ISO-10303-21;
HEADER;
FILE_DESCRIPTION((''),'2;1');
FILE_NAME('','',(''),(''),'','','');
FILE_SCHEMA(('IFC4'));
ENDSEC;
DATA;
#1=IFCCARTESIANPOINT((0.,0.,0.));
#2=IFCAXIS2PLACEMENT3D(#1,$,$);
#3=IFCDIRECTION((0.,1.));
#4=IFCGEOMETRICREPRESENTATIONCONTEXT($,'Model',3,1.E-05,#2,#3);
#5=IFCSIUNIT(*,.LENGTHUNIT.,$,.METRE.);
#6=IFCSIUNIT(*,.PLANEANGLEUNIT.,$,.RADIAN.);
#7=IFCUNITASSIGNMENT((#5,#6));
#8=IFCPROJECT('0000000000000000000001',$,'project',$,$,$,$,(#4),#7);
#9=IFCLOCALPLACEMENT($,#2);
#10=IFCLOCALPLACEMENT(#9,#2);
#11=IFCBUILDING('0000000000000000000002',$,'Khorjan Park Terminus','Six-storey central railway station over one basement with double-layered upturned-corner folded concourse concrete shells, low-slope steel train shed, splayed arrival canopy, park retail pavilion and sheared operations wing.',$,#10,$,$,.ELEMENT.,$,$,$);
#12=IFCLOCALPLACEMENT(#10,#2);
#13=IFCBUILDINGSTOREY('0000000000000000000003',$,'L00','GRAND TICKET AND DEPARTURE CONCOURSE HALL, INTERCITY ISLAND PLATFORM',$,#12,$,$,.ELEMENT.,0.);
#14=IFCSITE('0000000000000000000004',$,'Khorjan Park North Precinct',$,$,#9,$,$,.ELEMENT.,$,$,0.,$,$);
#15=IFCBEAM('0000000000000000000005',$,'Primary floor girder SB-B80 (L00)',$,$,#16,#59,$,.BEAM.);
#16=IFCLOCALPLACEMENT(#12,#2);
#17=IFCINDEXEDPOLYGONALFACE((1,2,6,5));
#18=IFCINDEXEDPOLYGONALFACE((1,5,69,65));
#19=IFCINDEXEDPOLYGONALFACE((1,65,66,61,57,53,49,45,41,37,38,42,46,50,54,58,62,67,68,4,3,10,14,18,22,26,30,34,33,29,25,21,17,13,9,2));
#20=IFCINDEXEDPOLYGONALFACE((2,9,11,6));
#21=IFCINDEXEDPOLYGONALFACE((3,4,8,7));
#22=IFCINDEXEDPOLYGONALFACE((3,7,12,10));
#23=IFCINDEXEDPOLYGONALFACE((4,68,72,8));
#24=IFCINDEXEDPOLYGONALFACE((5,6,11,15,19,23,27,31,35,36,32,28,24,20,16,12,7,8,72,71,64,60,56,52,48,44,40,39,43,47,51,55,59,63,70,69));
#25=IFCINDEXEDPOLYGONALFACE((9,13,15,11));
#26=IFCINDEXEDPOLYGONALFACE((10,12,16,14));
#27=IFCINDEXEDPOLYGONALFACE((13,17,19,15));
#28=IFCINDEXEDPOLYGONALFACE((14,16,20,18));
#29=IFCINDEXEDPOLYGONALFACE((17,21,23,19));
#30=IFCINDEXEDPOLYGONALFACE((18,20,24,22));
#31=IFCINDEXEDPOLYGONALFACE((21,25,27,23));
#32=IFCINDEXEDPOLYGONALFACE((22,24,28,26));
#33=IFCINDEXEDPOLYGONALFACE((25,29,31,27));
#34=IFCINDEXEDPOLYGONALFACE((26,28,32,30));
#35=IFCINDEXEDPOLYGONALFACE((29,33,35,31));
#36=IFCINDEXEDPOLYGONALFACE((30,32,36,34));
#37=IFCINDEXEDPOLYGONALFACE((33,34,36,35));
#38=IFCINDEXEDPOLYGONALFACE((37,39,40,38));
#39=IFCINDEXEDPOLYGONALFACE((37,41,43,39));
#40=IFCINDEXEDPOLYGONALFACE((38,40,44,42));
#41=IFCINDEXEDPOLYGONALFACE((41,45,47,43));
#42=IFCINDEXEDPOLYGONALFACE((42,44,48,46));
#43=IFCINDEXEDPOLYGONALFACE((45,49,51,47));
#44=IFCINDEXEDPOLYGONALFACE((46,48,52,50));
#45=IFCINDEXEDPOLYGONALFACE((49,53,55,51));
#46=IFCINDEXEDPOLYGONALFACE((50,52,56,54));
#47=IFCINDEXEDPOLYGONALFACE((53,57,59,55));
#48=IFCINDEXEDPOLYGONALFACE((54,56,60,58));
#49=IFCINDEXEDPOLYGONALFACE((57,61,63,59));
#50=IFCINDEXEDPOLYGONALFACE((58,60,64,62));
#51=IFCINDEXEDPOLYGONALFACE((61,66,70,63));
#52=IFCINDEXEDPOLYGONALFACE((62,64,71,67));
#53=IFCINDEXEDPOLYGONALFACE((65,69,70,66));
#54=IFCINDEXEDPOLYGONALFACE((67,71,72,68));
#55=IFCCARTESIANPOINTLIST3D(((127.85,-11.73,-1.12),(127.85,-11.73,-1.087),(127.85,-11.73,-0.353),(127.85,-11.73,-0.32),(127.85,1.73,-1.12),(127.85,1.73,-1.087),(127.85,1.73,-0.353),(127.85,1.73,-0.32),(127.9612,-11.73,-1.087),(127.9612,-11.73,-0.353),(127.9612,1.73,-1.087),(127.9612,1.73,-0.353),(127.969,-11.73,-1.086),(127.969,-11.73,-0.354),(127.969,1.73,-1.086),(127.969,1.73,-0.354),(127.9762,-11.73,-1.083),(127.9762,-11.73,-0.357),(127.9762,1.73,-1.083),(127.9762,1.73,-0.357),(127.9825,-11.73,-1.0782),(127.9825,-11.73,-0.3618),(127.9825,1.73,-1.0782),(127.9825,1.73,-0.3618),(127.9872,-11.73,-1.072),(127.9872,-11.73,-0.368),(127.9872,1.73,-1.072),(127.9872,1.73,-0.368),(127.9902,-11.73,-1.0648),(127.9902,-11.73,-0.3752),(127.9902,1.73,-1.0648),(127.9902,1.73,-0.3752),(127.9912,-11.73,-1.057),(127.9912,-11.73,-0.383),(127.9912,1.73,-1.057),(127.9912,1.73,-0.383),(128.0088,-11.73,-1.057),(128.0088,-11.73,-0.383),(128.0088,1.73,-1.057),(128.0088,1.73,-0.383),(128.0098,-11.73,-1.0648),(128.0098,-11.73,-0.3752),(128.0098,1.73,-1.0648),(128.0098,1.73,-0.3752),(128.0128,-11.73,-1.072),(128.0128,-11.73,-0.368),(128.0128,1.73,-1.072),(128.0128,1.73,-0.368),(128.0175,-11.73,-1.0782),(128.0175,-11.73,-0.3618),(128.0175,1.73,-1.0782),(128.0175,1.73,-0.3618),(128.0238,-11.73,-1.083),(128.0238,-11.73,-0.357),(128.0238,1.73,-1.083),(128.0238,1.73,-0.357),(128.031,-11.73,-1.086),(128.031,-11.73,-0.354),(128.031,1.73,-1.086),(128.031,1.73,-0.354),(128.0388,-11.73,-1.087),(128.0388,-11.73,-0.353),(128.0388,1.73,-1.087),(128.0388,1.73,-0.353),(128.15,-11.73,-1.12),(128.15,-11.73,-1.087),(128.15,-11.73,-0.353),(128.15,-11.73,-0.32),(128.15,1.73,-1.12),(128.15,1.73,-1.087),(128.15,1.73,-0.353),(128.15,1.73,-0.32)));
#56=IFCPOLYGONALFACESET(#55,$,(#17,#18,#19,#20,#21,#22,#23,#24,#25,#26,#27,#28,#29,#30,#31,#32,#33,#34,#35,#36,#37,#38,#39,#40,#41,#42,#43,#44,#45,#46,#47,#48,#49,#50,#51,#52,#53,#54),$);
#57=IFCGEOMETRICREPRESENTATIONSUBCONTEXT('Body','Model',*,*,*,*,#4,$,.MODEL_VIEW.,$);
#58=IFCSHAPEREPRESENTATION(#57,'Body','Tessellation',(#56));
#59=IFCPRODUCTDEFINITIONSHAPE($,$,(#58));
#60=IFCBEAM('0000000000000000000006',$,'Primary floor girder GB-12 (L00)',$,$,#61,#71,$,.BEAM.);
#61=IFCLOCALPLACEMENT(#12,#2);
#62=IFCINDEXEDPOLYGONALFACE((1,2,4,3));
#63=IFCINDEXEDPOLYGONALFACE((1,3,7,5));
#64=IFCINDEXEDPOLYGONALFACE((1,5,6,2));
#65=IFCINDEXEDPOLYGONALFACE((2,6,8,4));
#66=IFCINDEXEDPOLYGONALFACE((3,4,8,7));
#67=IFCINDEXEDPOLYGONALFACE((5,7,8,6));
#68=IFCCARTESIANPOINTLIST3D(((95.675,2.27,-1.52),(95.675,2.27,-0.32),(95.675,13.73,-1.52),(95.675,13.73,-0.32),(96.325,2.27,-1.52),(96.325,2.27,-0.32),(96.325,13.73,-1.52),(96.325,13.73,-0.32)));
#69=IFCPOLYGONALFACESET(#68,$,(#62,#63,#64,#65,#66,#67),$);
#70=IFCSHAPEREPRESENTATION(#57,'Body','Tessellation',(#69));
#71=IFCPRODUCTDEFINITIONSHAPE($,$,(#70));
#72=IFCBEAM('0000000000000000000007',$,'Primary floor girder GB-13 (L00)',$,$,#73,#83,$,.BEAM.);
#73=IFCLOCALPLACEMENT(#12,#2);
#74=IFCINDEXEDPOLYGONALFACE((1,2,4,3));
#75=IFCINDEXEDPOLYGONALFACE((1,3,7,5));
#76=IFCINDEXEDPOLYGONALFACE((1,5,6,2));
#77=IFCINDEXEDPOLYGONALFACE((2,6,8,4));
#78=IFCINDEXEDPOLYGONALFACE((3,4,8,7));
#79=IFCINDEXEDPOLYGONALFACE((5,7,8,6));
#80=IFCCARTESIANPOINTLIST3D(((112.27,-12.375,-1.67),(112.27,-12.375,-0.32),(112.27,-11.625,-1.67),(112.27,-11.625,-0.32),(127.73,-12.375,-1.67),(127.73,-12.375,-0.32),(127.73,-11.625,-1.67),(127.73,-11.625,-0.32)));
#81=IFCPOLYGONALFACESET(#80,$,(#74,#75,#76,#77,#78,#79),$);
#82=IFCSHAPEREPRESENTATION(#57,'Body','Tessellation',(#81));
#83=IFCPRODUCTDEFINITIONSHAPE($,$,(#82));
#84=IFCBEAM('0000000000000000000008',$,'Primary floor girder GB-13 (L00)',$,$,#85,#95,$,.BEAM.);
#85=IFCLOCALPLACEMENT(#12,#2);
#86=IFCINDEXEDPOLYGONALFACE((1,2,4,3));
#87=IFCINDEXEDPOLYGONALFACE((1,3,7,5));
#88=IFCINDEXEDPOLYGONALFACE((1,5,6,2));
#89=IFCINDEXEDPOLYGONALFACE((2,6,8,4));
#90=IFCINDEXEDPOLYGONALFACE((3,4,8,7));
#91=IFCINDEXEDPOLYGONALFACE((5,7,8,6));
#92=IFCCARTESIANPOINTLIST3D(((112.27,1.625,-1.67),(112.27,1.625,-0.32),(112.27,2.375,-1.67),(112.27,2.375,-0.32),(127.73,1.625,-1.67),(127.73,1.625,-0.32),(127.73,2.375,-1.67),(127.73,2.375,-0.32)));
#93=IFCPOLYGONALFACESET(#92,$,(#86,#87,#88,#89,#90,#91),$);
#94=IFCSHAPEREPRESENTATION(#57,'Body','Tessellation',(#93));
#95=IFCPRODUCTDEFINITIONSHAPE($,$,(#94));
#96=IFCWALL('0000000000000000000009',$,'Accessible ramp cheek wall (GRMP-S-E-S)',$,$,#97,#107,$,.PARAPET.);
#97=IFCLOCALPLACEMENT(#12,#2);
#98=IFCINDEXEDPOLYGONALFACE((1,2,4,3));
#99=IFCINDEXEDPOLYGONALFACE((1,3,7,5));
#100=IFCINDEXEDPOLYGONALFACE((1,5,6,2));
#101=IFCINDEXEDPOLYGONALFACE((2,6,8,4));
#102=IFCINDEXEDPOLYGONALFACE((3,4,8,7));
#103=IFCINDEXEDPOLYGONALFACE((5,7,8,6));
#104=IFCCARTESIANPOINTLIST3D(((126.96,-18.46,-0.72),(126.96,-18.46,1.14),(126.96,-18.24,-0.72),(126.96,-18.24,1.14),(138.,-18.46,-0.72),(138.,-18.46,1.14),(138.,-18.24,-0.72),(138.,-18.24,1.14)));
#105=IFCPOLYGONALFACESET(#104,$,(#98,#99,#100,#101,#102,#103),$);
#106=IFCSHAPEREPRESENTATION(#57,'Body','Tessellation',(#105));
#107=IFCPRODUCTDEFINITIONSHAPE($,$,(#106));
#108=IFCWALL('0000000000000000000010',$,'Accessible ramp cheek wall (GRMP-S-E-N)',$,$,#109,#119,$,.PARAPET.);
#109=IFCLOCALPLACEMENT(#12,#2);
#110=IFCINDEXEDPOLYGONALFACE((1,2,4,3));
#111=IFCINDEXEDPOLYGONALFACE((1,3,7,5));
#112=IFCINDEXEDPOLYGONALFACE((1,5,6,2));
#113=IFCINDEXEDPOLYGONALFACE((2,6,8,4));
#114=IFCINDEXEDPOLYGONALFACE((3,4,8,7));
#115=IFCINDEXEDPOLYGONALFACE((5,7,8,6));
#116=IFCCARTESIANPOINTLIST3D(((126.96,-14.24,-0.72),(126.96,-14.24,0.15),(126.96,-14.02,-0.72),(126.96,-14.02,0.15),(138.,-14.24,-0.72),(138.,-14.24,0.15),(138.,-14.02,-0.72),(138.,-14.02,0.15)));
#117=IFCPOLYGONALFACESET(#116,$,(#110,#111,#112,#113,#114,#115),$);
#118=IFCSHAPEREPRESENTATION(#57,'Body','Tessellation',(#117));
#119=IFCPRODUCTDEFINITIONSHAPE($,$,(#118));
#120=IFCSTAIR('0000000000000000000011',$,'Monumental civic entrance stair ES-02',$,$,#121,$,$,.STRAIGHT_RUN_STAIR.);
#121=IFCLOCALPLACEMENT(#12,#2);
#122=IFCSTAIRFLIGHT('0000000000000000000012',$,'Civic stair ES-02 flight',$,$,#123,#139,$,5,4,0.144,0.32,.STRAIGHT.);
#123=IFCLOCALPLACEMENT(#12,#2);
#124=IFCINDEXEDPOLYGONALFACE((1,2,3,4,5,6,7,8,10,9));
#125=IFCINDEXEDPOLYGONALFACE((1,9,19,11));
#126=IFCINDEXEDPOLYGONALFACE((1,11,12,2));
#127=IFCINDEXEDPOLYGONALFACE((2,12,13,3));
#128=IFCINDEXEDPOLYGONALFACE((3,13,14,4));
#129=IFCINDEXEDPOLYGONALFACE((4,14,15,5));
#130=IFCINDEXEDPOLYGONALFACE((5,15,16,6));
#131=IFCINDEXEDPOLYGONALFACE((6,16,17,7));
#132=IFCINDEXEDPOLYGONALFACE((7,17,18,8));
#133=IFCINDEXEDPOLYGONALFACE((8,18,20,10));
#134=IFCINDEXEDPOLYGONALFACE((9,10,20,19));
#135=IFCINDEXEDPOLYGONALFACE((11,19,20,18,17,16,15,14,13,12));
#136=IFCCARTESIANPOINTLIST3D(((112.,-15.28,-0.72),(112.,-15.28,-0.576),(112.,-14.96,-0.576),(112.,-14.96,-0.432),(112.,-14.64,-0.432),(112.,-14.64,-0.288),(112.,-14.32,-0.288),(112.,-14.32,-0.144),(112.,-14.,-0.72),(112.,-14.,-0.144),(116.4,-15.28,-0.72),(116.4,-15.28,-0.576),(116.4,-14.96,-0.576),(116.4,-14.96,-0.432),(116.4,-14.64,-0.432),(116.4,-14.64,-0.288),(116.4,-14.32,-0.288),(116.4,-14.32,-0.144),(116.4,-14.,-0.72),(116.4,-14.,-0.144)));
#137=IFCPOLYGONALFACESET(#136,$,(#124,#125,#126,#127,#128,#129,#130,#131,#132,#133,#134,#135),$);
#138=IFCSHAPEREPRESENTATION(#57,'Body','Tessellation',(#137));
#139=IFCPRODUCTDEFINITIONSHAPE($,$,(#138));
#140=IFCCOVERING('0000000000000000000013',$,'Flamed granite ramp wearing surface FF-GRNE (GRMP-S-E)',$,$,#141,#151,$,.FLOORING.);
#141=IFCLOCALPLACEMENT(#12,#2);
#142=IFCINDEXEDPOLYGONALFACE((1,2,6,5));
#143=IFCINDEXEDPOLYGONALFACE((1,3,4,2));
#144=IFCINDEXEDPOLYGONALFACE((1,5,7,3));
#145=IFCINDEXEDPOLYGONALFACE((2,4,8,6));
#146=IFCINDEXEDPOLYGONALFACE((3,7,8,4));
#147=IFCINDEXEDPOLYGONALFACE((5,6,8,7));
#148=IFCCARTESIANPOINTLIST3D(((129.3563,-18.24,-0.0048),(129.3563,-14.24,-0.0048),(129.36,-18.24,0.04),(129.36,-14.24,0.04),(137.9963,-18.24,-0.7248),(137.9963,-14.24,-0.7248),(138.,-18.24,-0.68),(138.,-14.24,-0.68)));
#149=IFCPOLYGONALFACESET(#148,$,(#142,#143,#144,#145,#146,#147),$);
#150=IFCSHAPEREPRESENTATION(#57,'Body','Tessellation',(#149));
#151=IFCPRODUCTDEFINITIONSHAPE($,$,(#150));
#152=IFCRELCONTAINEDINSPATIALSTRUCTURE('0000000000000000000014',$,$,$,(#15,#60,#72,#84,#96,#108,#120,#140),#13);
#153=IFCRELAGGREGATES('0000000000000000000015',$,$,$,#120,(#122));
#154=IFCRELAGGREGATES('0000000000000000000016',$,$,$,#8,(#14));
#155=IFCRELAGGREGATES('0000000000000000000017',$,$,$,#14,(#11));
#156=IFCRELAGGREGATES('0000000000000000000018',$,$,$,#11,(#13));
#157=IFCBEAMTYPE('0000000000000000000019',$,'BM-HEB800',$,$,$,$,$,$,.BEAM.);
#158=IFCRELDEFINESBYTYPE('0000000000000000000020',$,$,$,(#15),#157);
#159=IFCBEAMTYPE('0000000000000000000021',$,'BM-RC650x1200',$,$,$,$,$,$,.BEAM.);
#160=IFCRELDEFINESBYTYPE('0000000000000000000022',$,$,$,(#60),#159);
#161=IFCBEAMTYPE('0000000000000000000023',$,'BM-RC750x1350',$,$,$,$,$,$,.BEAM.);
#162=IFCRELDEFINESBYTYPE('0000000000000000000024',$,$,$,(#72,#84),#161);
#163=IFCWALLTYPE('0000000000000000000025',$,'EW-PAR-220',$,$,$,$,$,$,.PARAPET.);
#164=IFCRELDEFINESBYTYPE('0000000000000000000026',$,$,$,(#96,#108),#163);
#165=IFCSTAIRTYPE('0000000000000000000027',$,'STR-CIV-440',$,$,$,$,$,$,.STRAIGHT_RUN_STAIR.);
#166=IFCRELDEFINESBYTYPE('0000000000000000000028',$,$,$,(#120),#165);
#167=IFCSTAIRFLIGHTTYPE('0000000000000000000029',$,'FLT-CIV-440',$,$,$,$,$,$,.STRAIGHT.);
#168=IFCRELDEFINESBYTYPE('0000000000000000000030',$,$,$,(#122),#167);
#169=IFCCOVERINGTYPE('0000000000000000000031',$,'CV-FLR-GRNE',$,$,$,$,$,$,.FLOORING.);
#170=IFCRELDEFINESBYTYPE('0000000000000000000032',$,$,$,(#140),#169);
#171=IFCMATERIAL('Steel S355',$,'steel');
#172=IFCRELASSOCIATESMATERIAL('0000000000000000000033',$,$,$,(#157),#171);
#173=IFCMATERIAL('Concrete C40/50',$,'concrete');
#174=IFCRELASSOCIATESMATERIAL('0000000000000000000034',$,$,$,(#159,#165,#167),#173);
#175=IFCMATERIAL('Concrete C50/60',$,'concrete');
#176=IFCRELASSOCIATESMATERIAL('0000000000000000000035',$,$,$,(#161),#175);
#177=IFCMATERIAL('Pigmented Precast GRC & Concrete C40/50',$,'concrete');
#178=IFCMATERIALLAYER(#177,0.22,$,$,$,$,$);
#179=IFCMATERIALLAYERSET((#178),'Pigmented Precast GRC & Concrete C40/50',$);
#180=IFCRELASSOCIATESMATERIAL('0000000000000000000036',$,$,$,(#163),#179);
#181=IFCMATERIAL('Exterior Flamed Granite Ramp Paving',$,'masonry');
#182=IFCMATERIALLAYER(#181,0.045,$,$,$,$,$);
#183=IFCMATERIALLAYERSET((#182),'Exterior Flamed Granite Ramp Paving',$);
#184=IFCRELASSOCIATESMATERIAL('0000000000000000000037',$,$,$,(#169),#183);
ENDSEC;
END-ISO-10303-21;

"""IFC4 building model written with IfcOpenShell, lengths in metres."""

from ifc_helpers import new_model, si_unit, direction, frame, frame_2d, origin, origin_2d, place, context, subcontext, project, spatial, polyline, rectangle, i_section, outline, extrude, material, layer, layer_set, material_profile, profile_set, type_object, element, aggregate, save


model = new_model("IFC4")

# Units and contexts
model_context = context("Model", 3, precision=1e-05, world=origin(), true_north=direction((0.0, 1.0)))
body_context = subcontext(model_context, "Body", "Model", "MODEL_VIEW")
ifc_project = project(units=[si_unit("LENGTHUNIT", "METRE"), si_unit("PLANEANGLEUNIT", "RADIAN")], contexts=[model_context])

# Site, building, storey
site_placement = place(None, origin())
site = spatial("IfcSite", under=ifc_project, at=site_placement, Name="Khorjan Park North Precinct", CompositionType="ELEMENT", RefElevation=0.0)
building_placement = place(site_placement, origin())
building = spatial("IfcBuilding", under=site, at=building_placement, Name="Khorjan Park Terminus", Description="Six-storey central railway station over one basement with double-layered upturned-corner folded concourse concrete shells, low-slope steel train shed, splayed arrival canopy, park retail pavilion and sheared operations wing.", CompositionType="ELEMENT")
storey_placement = place(building_placement, origin())
storey = spatial("IfcBuildingStorey", under=building, at=storey_placement, Name="L00", Description="GRAND TICKET AND DEPARTURE CONCOURSE HALL, INTERCITY ISLAND PLATFORM", CompositionType="ELEMENT", Elevation=0.0)

# Shared definitions
ifc_material_1 = material(Name="Steel S355", Category="steel")

# Beams
ifc_material_profile_1 = material_profile(ifc_material_1, i_section(OverallWidth=0.3, OverallDepth=0.8, WebThickness=0.0175, FlangeThickness=0.033, FilletRadius=0.03, at=origin_2d()), Name="HEB 800")
ifc_profile_set_1 = profile_set([ifc_material_profile_1], Name="Steel S355")
beam_type_1 = type_object("IfcBeamType", Name="BM-HEB800", PredefinedType="BEAM", material=ifc_profile_set_1)
for number, where, z_axis, x_axis, name in (
    (1, (128.0, -11.73, -0.72), (0.0, 1.0, 0.0), (-1.0, 0.0, 0.0), "Primary floor girder SB-B80 (L00)"),
):
    element("IfcBeam", number, at=place(storey_placement, frame(where, z_axis=z_axis, x_axis=x_axis)), inside=storey, type_object=beam_type_1, Name=name, PredefinedType="BEAM", context=body_context, shape_type="SweptSolid", body=[
        extrude(i_section(OverallWidth=0.3, OverallDepth=0.8, WebThickness=0.0175, FlangeThickness=0.033, FilletRadius=0.03, at=origin_2d()), origin(), (0.0, 0.0, 1.0), 13.46),
    ])
ifc_material_2 = material(Name="Concrete C40/50", Category="concrete")
ifc_material_profile_2 = material_profile(ifc_material_2, rectangle(XDim=0.65, YDim=1.2, at=origin_2d()), Name="RC 650x1200")
ifc_profile_set_2 = profile_set([ifc_material_profile_2], Name="Concrete C40/50")
beam_type_2 = type_object("IfcBeamType", Name="BM-RC650x1200", PredefinedType="BEAM", material=ifc_profile_set_2)
beam_placement = place(storey_placement, frame((96.0, 2.27, -0.92), z_axis=(0.0, 1.0, 0.0), x_axis=(-1.0, 0.0, 0.0)))
element("IfcBeam", 2, at=beam_placement, inside=storey, type_object=beam_type_2, Name="Primary floor girder GB-12 (L00)", PredefinedType="BEAM", context=body_context, shape_type="SweptSolid", body=[
    extrude(rectangle(XDim=0.65, YDim=1.2, at=origin_2d()), origin(), (0.0, 0.0, 1.0), 11.46),
])
ifc_material_3 = material(Name="Concrete C50/60", Category="concrete")
ifc_material_profile_3 = material_profile(ifc_material_3, rectangle(XDim=0.75, YDim=1.35, at=origin_2d()), Name="RC 750x1350")
ifc_profile_set_3 = profile_set([ifc_material_profile_3], Name="Concrete C50/60")
beam_type_3 = type_object("IfcBeamType", Name="BM-RC750x1350", PredefinedType="BEAM", material=ifc_profile_set_3)
for number, where, z_axis, x_axis, name in (
    (3, (112.27, -12.0, -0.995), (1.0, 0.0, 0.0), (0.0, 1.0, 0.0), "Primary floor girder GB-13 (L00)"),
    (4, (112.27, 2.0, -0.995), (1.0, 0.0, 0.0), (0.0, 1.0, 0.0), "Primary floor girder GB-13 (L00)"),
):
    element("IfcBeam", number, at=place(storey_placement, frame(where, z_axis=z_axis, x_axis=x_axis)), inside=storey, type_object=beam_type_3, Name=name, PredefinedType="BEAM", context=body_context, shape_type="SweptSolid", body=[
        extrude(rectangle(XDim=0.75, YDim=1.35, at=origin_2d()), origin(), (0.0, 0.0, 1.0), 15.46),
    ])

# Walls
ifc_material_4 = material(Name="Pigmented Precast GRC & Concrete C40/50", Category="concrete")
ifc_layer_1 = layer(ifc_material_4, 0.22)
ifc_layer_set_1 = layer_set([ifc_layer_1], Name="Pigmented Precast GRC & Concrete C40/50")
wall_type = type_object("IfcWallType", Name="EW-PAR-220", PredefinedType="PARAPET", material=ifc_layer_set_1)
wall_1_placement = place(storey_placement, frame((126.96, -18.35, -0.72), z_axis=(0.0, 0.0, 1.0), x_axis=(1.0, 0.0, 0.0)))
element("IfcWall", 5, at=wall_1_placement, inside=storey, type_object=wall_type, Name="Accessible ramp cheek wall (GRMP-S-E-S)", PredefinedType="PARAPET", context=body_context, shape_type="SweptSolid", body=[
    extrude(rectangle(XDim=11.04, YDim=0.22, at=frame_2d((5.52, 0.0))), origin(), (0.0, 0.0, 1.0), 1.86),
])
wall_2_placement = place(storey_placement, frame((126.96, -14.13, -0.72), z_axis=(0.0, 0.0, 1.0), x_axis=(1.0, 0.0, 0.0)))
element("IfcWall", 6, at=wall_2_placement, inside=storey, type_object=wall_type, Name="Accessible ramp cheek wall (GRMP-S-E-N)", PredefinedType="PARAPET", context=body_context, shape_type="SweptSolid", body=[
    extrude(rectangle(XDim=11.04, YDim=0.22, at=frame_2d((5.52, 0.0))), origin(), (0.0, 0.0, 1.0), 0.87),
])

# Stair, stair flight
stair_type = type_object("IfcStairType", Name="STR-CIV-440", PredefinedType="STRAIGHT_RUN_STAIR", material=ifc_material_2)
stair_placement = place(storey_placement, origin())
stair = element("IfcStair", 7, at=stair_placement, inside=storey, type_object=stair_type, Name="Monumental civic entrance stair ES-02", PredefinedType="STRAIGHT_RUN_STAIR")
stair_flight_type = type_object("IfcStairFlightType", Name="FLT-CIV-440", PredefinedType="STRAIGHT", material=ifc_material_2)
stair_flight_placement = place(storey_placement, frame((114.2, -15.28, -0.72), z_axis=(0.0, 0.0, 1.0), x_axis=(0.0, 1.0, 0.0)))
stair_flight = element("IfcStairFlight", 8, at=stair_flight_placement, type_object=stair_flight_type, Name="Civic stair ES-02 flight", NumberOfRisers=5, NumberOfTreads=4, PredefinedType="STRAIGHT", RiserHeight=0.144, TreadLength=0.32, context=body_context, shape_type="SweptSolid", body=[
    extrude(outline(polyline([(0.0, 0.0), (0.0, 0.144), (0.32, 0.144), (0.32, 0.288), (0.64, 0.288), (0.64, 0.432), (0.96, 0.432), (0.96, 0.576), (1.28, 0.576), (1.28, 0.0), (0.0, 0.0)])), frame((0.0, 2.2, 0.0), z_axis=(0.0, -1.0, 0.0), x_axis=(1.0, 0.0, 0.0)), (0.0, 0.0, 1.0), 4.4),
])

# Covering
ifc_material_5 = material(Name="Exterior Flamed Granite Ramp Paving", Category="masonry")
ifc_layer_2 = layer(ifc_material_5, 0.045)
ifc_layer_set_2 = layer_set([ifc_layer_2], Name="Exterior Flamed Granite Ramp Paving")
covering_type = type_object("IfcCoveringType", Name="CV-FLR-GRNE", PredefinedType="FLOORING", material=ifc_layer_set_2)
covering_placement = place(storey_placement, frame((129.36, -18.24, 0.04), z_axis=(0.083045, 0.0, 0.996546), x_axis=(0.996546, 0.0, -0.083045)))
element("IfcCovering", 9, at=covering_placement, inside=storey, type_object=covering_type, Name="Flamed granite ramp wearing surface FF-GRNE (GRMP-S-E)", PredefinedType="FLOORING", context=body_context, shape_type="SweptSolid", body=[
    extrude(outline(polyline([(0.0, 0.0), (8.6699, 0.0), (8.6699, 4.0), (0.0, 4.0), (0.0, 0.0)])), origin(), (0.0, 0.0, -1.0), 0.045),
])

aggregate(stair, [stair_flight])

save(model, "model.ifc")
